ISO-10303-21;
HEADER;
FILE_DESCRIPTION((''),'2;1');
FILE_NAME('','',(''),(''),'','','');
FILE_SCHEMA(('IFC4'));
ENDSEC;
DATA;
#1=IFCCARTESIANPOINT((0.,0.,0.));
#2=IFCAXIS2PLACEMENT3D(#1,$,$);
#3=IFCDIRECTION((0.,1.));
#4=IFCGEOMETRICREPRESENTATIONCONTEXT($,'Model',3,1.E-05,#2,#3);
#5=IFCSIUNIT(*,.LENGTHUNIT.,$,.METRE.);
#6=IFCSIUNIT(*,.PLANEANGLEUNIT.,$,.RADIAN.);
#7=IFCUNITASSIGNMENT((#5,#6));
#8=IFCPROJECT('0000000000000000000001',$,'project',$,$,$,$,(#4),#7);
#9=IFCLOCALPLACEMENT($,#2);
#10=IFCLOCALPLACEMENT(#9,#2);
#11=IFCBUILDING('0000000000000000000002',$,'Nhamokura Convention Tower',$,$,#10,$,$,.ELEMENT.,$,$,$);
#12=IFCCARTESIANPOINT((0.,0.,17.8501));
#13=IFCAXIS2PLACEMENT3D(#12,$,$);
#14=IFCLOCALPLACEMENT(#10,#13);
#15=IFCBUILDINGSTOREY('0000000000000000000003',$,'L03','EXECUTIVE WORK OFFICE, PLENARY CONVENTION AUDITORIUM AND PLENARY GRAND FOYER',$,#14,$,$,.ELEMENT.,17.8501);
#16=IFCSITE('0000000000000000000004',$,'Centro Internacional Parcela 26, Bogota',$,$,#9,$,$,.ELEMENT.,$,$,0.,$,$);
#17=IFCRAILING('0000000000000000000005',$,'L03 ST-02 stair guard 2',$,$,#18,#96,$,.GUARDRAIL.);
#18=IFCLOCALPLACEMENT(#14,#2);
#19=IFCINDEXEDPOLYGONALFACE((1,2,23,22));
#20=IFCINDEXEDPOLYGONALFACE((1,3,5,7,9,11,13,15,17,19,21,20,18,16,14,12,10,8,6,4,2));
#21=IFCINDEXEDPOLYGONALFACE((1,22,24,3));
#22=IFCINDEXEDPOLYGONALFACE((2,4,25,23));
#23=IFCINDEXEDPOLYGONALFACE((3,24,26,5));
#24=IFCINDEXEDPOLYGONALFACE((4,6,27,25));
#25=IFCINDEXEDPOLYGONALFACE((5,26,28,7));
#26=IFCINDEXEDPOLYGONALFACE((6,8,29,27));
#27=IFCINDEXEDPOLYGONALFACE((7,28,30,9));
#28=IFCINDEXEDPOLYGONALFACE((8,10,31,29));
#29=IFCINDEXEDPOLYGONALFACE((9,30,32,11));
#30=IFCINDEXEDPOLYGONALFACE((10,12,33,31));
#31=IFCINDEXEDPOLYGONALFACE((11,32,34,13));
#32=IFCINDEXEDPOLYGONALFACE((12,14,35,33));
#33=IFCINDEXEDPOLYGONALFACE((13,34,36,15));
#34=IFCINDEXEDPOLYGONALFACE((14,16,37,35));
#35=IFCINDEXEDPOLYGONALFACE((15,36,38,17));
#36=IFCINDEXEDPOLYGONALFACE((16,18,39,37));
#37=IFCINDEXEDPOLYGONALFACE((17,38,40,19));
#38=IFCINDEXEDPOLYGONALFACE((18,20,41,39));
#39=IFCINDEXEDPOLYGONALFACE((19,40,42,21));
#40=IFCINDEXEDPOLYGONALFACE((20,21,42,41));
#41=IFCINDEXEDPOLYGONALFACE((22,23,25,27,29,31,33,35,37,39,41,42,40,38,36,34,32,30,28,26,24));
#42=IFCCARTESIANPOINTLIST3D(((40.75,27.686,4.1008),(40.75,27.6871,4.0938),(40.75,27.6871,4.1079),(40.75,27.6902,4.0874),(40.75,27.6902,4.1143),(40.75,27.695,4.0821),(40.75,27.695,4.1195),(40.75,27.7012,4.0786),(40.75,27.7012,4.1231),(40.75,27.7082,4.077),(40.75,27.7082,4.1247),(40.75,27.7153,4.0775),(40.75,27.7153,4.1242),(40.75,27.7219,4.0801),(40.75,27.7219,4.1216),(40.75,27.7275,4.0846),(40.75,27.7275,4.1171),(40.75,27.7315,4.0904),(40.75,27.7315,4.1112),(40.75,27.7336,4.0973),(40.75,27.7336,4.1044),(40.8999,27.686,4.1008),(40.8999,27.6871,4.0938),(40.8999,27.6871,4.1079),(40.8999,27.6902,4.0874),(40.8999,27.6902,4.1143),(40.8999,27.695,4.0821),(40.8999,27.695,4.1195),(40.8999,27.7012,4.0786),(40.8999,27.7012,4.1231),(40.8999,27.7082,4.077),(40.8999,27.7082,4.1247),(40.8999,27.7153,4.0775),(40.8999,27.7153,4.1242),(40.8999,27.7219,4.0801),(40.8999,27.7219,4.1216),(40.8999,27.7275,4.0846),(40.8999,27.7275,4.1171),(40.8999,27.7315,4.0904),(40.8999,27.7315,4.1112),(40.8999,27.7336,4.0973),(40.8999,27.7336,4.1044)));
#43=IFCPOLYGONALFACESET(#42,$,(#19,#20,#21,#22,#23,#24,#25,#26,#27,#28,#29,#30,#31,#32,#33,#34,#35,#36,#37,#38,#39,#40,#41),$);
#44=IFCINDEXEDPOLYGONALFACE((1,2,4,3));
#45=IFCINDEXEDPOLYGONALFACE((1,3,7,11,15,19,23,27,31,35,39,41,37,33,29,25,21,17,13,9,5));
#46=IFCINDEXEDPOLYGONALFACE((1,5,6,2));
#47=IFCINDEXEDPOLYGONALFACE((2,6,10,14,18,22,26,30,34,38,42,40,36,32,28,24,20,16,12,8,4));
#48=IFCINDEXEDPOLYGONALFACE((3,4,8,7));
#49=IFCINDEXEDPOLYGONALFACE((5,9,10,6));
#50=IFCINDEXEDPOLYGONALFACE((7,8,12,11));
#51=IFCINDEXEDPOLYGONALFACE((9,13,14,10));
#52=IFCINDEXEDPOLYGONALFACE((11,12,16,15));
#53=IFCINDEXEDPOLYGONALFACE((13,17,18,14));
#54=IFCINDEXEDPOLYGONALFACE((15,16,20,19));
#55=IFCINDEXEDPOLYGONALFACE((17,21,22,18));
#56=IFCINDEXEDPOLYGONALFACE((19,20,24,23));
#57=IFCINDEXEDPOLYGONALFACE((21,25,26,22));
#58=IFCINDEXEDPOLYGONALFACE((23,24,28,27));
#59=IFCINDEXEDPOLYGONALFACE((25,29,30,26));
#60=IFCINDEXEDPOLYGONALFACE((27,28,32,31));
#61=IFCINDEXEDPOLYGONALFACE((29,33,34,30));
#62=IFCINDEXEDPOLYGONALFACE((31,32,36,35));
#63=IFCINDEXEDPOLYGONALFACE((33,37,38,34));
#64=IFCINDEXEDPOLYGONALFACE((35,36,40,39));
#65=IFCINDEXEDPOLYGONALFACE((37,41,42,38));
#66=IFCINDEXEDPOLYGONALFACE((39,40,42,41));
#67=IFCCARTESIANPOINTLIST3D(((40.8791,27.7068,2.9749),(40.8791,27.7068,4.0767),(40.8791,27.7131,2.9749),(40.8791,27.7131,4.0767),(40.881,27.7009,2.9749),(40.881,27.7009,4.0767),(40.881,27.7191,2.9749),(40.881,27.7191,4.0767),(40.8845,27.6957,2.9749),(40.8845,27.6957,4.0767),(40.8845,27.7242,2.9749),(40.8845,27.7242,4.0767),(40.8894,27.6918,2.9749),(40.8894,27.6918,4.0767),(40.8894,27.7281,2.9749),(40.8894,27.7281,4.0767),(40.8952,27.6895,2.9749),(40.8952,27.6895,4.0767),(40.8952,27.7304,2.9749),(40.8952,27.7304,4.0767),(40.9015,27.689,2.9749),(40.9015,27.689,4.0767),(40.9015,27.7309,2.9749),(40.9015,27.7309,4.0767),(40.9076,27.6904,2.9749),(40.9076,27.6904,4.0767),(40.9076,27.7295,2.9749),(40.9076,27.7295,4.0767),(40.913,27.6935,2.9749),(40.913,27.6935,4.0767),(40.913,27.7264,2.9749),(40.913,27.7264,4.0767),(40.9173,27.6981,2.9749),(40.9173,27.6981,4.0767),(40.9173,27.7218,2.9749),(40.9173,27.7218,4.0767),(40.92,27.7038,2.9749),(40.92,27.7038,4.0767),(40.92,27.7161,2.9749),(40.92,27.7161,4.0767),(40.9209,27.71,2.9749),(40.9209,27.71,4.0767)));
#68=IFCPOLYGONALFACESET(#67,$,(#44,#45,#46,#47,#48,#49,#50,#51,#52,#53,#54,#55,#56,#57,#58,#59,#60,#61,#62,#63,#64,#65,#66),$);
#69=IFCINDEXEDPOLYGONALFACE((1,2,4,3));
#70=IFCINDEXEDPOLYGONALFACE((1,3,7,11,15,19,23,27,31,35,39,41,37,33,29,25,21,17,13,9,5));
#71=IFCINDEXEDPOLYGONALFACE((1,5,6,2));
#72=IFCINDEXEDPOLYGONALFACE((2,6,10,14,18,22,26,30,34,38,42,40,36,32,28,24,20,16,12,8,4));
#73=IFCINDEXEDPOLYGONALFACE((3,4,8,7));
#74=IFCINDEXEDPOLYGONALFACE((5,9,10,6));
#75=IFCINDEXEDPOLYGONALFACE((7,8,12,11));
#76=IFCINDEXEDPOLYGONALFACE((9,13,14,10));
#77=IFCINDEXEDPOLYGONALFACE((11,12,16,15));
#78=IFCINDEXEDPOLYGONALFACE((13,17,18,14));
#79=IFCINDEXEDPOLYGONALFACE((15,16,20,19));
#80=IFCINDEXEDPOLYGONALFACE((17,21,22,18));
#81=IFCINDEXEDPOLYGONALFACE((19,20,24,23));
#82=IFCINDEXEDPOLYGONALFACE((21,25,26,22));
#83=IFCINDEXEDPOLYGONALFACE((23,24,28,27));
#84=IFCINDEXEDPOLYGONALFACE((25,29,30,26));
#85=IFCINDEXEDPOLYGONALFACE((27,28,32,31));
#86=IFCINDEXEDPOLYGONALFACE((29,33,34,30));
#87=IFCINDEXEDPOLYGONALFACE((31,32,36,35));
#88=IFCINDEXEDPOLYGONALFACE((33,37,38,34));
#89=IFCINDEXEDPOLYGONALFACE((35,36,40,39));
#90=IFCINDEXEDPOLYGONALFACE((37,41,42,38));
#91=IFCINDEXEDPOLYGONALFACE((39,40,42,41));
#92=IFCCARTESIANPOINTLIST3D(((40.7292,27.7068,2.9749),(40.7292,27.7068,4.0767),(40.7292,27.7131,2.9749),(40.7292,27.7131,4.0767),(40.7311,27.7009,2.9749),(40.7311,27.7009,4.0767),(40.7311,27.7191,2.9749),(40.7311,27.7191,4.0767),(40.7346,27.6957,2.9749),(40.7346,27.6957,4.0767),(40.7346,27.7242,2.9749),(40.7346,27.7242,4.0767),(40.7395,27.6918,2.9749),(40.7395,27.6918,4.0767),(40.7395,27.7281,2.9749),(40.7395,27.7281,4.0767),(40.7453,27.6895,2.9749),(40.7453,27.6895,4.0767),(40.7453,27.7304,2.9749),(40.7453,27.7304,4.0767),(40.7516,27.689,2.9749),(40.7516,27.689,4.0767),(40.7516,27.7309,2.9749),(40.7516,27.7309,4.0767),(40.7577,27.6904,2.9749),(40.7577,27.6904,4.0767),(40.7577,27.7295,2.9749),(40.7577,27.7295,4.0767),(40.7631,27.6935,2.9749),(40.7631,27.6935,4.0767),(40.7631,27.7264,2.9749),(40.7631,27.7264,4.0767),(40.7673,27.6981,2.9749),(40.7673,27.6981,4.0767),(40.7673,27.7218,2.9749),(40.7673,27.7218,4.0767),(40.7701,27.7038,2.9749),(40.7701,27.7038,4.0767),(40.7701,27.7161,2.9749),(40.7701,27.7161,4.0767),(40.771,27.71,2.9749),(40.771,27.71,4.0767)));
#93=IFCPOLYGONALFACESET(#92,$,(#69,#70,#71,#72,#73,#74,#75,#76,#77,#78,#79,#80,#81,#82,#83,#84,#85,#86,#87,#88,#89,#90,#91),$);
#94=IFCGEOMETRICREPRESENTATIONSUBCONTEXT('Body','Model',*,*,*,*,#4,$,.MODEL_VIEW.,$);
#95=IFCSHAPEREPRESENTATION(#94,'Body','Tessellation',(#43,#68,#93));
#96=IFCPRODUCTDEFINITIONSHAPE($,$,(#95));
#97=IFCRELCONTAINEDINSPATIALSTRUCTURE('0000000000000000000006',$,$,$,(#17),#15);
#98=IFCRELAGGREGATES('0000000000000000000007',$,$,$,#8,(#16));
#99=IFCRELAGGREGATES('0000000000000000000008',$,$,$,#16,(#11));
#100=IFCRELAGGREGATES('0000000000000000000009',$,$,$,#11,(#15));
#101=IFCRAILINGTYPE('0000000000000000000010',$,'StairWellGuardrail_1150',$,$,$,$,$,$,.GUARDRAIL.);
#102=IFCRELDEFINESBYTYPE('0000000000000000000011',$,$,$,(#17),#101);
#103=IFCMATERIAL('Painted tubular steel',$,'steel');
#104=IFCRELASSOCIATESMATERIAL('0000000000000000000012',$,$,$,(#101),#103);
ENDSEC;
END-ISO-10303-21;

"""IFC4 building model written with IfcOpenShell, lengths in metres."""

from ifc_helpers import new_model, si_unit, direction, frame, origin, origin_2d, place, context, subcontext, project, spatial, circle, extrude, material, type_object, element, save


model = new_model("IFC4")

# Units and contexts
model_context = context("Model", 3, precision=1e-05, world=origin(), true_north=direction((0.0, 1.0)))
body_context = subcontext(model_context, "Body", "Model", "MODEL_VIEW")
ifc_project = project(units=[si_unit("LENGTHUNIT", "METRE"), si_unit("PLANEANGLEUNIT", "RADIAN")], contexts=[model_context])

# Site, building, storey
site_placement = place(None, origin())
site = spatial("IfcSite", under=ifc_project, at=site_placement, Name="Centro Internacional Parcela 26, Bogota", CompositionType="ELEMENT", RefElevation=0.0)
building_placement = place(site_placement, origin())
building = spatial("IfcBuilding", under=site, at=building_placement, Name="Nhamokura Convention Tower", CompositionType="ELEMENT")
storey_placement = place(building_placement, frame((0.0, 0.0, 17.8501)))
storey = spatial("IfcBuildingStorey", under=building, at=storey_placement, Name="L03", Description="EXECUTIVE WORK OFFICE, PLENARY CONVENTION AUDITORIUM AND PLENARY GRAND FOYER", CompositionType="ELEMENT", Elevation=17.8501)

# Railing
ifc_material_1 = material(Name="Painted tubular steel", Category="steel")
railing_type_1 = type_object("IfcRailingType", Name="StairWellGuardrail_1150", PredefinedType="GUARDRAIL", material=ifc_material_1)
railing_1_placement = place(storey_placement, frame((40.8999, 27.71, 2.9749)))
element("IfcRailing", 1, at=railing_1_placement, inside=storey, type_object=railing_type_1, Name="L03 ST-02 stair guard 2", PredefinedType="GUARDRAIL", context=body_context, shape_type="SweptSolid", body=[
    extrude(circle(Radius=0.0239, at=origin_2d()), frame((0.0, 0.0, 1.126), z_axis=(-1.0, 0.0, 0.0), x_axis=(0.0, -1.0, 0.0)), (0.0, 0.0, 1.0), 0.1499),
    extrude(circle(Radius=0.021, at=origin_2d()), origin(), (0.0, 0.0, 1.0), 1.1018),
    extrude(circle(Radius=0.021, at=origin_2d()), frame((-0.1499, 0.0, 0.0)), (0.0, 0.0, 1.0), 1.1018),
])

save(model, "model.ifc")
